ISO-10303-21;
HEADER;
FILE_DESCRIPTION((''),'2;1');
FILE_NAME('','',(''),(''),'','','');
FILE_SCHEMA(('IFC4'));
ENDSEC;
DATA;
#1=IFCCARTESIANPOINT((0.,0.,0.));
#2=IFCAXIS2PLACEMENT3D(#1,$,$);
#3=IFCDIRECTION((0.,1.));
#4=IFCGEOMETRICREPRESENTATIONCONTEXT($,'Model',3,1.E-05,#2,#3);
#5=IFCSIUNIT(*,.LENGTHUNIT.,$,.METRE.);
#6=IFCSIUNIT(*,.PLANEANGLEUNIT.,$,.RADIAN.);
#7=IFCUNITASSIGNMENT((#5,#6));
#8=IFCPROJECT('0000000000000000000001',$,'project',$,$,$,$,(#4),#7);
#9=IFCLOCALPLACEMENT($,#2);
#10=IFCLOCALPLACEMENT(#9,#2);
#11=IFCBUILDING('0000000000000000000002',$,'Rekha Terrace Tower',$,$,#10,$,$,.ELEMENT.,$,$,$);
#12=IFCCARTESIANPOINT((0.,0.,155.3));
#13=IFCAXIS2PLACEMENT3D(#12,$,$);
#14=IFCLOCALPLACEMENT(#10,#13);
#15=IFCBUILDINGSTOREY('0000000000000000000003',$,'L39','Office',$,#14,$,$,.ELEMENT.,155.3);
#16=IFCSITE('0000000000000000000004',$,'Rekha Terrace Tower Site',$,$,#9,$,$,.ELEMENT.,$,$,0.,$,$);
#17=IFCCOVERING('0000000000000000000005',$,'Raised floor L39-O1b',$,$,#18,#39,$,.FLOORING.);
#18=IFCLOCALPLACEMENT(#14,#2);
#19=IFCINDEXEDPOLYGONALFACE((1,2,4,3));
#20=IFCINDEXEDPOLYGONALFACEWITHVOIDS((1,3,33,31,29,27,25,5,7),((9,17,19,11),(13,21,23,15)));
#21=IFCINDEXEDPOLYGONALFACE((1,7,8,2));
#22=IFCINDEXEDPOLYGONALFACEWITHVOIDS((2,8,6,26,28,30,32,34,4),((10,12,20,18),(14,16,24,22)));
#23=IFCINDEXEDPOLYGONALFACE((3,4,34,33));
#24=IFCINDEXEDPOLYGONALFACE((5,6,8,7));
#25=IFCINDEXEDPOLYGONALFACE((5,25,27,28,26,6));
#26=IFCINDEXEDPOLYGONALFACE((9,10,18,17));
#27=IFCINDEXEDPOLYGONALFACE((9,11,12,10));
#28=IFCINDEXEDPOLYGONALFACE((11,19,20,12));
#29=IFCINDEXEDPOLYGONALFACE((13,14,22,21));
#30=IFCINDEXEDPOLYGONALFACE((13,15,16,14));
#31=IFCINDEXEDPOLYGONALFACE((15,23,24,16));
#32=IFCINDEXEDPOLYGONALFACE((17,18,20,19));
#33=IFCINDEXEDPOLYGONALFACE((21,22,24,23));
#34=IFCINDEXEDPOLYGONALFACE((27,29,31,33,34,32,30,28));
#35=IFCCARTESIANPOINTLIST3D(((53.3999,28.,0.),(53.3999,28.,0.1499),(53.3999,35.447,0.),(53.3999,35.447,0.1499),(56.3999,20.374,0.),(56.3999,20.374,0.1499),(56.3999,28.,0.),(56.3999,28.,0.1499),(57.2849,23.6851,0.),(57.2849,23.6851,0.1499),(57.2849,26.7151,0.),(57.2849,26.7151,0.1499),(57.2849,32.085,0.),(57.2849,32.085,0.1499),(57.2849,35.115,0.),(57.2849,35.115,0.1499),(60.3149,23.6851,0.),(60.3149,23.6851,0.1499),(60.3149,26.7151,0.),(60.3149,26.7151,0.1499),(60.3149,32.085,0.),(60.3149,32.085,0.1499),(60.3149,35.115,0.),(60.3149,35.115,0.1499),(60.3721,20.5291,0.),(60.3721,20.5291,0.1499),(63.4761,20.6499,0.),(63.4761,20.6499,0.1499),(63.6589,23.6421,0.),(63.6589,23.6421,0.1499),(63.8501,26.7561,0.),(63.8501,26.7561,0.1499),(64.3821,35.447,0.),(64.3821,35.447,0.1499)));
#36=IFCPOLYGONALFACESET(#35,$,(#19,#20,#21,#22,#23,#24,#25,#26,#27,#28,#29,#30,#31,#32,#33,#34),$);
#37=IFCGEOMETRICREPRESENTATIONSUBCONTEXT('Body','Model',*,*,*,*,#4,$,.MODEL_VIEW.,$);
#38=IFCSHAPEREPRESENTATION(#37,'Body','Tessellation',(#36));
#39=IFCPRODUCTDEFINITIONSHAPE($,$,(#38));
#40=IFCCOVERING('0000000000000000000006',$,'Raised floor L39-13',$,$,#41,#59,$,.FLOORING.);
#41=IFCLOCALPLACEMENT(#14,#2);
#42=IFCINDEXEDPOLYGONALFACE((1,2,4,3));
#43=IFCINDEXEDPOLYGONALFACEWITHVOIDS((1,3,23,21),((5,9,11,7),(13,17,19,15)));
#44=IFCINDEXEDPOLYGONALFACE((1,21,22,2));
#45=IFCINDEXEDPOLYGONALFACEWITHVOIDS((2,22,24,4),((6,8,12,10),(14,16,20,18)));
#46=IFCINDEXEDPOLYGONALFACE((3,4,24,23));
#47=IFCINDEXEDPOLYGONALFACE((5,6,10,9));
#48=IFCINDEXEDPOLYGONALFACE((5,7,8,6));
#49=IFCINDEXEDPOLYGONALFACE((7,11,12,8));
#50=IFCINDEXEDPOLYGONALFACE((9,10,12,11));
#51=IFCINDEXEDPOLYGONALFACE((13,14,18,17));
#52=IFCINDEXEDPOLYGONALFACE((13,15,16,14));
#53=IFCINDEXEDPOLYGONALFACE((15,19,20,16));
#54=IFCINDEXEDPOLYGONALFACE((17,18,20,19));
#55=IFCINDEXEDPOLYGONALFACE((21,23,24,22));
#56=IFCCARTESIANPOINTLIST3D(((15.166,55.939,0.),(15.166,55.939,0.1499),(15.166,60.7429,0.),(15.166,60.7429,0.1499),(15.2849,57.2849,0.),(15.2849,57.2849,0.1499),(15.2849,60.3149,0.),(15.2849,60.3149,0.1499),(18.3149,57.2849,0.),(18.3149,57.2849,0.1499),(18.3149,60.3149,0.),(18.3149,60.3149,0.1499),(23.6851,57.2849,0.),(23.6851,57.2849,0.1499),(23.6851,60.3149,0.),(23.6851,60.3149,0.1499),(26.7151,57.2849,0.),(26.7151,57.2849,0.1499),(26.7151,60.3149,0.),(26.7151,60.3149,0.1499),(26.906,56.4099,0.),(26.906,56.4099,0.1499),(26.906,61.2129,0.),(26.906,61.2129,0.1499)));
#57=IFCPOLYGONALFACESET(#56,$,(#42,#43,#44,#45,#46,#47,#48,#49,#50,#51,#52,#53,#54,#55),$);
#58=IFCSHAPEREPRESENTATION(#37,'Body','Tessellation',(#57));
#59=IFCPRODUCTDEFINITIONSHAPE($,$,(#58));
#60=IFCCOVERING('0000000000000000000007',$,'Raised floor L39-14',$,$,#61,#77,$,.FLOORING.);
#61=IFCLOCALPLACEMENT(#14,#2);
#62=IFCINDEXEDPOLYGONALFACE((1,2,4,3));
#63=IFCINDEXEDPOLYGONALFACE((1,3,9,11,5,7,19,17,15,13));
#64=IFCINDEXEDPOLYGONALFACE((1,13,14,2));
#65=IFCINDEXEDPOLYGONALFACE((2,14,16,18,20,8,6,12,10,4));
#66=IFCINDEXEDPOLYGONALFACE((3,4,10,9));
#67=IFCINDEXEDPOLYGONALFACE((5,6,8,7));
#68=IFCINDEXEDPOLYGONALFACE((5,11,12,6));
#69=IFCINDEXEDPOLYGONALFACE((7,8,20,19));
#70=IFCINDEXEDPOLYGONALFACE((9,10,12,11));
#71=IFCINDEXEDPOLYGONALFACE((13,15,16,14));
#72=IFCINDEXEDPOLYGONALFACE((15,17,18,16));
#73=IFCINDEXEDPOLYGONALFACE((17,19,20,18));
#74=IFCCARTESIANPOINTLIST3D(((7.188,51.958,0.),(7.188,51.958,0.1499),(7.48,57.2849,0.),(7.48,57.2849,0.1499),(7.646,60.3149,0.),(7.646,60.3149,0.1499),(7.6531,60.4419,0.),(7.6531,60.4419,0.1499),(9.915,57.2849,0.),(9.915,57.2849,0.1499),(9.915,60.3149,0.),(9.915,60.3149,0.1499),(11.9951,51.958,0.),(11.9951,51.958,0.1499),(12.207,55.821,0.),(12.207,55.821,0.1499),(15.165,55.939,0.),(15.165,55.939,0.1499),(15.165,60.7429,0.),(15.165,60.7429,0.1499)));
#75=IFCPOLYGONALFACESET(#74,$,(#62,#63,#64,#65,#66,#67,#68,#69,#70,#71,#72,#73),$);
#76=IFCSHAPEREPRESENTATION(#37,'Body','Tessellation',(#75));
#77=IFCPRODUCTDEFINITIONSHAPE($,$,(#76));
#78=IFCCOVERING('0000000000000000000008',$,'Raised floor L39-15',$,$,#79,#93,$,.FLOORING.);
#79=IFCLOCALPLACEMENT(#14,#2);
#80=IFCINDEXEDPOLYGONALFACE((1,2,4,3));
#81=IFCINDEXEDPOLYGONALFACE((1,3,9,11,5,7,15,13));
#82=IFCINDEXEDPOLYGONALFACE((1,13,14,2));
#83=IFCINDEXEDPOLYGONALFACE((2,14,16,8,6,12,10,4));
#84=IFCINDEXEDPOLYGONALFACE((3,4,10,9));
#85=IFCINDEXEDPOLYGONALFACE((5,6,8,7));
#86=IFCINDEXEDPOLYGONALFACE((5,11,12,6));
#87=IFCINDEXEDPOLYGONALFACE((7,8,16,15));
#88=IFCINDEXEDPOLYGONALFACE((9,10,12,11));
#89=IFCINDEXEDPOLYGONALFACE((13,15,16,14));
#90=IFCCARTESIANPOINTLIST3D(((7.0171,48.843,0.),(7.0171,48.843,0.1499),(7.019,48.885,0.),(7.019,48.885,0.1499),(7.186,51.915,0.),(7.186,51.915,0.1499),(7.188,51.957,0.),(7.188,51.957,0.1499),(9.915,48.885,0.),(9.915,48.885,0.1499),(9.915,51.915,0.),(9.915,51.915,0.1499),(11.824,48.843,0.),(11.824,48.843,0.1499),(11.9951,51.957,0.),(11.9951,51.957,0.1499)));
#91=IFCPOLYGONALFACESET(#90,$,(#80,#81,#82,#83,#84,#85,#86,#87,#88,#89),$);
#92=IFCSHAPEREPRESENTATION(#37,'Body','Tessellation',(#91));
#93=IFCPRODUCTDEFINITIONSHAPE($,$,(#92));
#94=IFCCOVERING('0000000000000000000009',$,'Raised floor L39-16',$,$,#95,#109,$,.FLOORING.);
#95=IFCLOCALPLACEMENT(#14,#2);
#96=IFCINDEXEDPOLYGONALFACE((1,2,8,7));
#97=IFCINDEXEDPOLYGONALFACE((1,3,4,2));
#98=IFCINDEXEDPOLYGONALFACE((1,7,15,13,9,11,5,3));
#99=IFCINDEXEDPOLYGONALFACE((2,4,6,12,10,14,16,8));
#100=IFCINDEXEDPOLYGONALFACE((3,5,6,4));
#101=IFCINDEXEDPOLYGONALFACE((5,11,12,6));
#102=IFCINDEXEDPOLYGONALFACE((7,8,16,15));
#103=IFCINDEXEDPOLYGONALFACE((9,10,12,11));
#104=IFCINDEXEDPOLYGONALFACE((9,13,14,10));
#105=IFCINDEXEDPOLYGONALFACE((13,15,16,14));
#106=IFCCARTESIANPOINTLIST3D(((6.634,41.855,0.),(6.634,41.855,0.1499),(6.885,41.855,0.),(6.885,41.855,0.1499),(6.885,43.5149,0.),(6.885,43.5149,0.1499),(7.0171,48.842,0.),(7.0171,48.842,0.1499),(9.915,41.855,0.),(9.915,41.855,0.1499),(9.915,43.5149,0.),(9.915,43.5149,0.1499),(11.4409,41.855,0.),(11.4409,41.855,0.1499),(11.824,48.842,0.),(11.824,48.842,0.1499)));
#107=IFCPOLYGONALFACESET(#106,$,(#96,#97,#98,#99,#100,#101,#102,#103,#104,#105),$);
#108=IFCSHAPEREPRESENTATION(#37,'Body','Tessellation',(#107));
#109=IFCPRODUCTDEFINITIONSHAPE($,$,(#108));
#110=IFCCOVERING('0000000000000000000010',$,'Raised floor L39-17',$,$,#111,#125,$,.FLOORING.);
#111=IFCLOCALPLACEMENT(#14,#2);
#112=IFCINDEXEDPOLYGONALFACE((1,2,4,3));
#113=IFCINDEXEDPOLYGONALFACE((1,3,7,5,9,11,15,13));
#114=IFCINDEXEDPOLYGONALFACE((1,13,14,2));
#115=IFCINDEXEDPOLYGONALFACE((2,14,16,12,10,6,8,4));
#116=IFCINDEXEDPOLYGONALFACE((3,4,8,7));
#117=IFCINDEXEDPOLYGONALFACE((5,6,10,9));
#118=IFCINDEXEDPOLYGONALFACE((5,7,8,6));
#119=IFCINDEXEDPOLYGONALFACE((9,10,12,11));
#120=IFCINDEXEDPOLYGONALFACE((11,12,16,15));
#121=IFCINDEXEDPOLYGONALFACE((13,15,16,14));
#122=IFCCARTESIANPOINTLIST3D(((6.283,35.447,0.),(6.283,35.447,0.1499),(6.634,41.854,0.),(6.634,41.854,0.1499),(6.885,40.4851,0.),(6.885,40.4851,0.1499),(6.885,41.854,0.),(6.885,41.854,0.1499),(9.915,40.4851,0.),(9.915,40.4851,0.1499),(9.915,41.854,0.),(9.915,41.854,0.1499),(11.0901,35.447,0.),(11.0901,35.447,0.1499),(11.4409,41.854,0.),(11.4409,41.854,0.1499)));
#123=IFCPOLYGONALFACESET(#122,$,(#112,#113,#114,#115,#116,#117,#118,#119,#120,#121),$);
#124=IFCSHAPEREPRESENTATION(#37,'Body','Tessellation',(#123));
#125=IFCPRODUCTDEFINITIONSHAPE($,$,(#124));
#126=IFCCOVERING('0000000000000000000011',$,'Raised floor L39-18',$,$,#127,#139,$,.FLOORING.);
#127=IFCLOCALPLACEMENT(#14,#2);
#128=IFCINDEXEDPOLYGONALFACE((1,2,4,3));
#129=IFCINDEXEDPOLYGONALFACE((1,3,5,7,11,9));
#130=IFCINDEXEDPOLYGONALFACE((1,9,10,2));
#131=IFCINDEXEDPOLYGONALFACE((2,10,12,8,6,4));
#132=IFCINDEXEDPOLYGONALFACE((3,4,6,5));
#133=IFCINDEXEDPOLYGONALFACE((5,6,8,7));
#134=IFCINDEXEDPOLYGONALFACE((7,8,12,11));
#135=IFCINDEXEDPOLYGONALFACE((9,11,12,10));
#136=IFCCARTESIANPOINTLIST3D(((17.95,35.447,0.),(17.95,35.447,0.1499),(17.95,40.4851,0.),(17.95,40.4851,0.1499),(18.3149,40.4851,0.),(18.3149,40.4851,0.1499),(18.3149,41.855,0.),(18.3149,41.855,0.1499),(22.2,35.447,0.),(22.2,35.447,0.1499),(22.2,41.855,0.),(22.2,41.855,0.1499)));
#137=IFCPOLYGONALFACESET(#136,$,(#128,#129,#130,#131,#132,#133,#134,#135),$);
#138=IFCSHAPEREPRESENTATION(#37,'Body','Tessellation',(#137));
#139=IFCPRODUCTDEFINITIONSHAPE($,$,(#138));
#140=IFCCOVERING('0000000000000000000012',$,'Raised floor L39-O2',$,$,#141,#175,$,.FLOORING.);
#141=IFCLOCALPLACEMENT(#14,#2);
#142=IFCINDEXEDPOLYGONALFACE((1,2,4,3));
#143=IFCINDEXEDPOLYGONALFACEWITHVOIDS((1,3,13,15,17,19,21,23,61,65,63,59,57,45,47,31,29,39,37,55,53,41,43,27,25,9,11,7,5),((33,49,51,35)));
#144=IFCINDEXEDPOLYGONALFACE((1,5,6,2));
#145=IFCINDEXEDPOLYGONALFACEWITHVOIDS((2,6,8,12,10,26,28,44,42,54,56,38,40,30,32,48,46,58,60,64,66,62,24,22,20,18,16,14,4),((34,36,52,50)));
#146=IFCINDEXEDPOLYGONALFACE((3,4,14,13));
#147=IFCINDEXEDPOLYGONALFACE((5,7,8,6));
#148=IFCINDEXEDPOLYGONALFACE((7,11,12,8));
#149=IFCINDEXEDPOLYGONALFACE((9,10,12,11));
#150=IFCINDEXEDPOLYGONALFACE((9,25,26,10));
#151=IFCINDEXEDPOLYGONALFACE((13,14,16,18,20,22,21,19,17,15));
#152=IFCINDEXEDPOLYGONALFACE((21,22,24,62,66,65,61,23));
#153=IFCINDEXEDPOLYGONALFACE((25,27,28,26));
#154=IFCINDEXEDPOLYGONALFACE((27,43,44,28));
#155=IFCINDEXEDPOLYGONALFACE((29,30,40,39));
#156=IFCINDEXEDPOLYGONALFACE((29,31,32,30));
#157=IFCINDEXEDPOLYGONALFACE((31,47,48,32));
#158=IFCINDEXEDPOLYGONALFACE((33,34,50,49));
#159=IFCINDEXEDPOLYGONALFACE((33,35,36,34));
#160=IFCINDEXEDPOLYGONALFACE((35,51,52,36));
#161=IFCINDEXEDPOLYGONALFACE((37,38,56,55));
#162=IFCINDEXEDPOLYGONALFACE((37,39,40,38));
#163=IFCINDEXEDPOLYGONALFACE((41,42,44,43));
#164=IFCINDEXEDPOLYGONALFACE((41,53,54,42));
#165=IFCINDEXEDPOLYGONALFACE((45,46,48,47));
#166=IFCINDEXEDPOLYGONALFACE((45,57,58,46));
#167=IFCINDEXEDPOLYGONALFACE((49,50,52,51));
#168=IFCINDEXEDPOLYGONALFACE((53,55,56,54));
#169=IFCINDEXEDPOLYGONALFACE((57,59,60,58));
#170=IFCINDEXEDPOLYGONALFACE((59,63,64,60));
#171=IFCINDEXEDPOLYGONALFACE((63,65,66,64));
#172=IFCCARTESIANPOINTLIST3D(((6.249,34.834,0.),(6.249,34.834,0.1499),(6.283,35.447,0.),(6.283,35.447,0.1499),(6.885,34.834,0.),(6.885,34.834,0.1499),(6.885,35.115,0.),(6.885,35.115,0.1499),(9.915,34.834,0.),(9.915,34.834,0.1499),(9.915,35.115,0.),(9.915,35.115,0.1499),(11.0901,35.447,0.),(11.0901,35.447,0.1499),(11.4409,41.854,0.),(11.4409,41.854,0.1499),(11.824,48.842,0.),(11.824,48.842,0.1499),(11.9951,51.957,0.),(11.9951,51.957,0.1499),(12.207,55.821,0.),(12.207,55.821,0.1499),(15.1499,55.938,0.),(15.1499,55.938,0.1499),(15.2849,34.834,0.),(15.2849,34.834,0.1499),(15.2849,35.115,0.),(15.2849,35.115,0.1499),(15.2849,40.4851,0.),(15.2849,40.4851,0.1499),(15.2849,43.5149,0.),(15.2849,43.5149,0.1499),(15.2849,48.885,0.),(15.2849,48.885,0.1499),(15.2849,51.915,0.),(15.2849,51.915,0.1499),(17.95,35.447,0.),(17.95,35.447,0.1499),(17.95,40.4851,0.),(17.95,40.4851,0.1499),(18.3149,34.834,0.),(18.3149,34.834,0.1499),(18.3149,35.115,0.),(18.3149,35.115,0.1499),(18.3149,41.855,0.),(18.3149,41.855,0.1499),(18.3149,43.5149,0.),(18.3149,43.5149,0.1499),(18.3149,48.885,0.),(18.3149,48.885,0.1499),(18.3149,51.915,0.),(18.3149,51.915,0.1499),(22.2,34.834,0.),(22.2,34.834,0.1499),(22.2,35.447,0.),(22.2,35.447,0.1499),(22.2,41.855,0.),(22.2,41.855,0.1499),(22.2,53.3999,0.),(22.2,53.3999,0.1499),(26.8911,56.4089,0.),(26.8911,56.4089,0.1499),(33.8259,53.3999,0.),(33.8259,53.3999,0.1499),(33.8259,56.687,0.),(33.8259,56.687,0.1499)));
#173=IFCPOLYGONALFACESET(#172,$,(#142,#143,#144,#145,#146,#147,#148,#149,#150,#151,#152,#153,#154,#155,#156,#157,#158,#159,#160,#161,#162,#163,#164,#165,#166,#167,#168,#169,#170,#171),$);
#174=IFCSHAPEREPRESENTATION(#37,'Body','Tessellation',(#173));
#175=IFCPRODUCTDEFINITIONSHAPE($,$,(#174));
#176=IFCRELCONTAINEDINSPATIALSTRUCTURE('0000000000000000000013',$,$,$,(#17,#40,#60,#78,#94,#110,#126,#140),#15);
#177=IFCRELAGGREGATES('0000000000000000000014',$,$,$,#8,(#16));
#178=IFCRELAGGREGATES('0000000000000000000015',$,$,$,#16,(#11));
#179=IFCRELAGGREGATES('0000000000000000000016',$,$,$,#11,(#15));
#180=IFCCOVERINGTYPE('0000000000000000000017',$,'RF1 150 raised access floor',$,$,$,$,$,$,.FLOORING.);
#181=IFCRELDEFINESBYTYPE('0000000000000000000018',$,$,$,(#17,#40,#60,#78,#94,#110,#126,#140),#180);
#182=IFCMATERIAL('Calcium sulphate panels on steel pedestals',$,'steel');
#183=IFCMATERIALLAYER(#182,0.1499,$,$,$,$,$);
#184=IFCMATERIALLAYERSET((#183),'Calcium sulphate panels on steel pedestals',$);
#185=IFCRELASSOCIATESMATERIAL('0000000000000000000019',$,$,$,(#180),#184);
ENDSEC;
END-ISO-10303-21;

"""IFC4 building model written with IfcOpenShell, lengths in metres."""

from ifc_helpers import new_model, si_unit, direction, frame, origin, place, context, subcontext, project, spatial, polyline, outline, extrude, material, layer, layer_set, type_object, element, save


model = new_model("IFC4")

# Units and contexts
model_context = context("Model", 3, precision=1e-05, world=origin(), true_north=direction((0.0, 1.0)))
body_context = subcontext(model_context, "Body", "Model", "MODEL_VIEW")
ifc_project = project(units=[si_unit("LENGTHUNIT", "METRE"), si_unit("PLANEANGLEUNIT", "RADIAN")], contexts=[model_context])

# Site, building, storey
site_placement = place(None, origin())
site = spatial("IfcSite", under=ifc_project, at=site_placement, Name="Rekha Terrace Tower Site", CompositionType="ELEMENT", RefElevation=0.0)
building_placement = place(site_placement, origin())
building = spatial("IfcBuilding", under=site, at=building_placement, Name="Rekha Terrace Tower", CompositionType="ELEMENT")
storey_placement = place(building_placement, frame((0.0, 0.0, 155.3)))
storey = spatial("IfcBuildingStorey", under=building, at=storey_placement, Name="L39", Description="Office", CompositionType="ELEMENT", Elevation=155.3)

# Coverings
ifc_material_1 = material(Name="Calcium sulphate panels on steel pedestals", Category="steel")
ifc_layer_1 = layer(ifc_material_1, 0.1499)
ifc_layer_set_1 = layer_set([ifc_layer_1], Name="Calcium sulphate panels on steel pedestals")
covering_type_1 = type_object("IfcCoveringType", Name="RF1 150 raised access floor", PredefinedType="FLOORING", material=ifc_layer_set_1)
covering_1_placement = place(storey_placement, origin())
element("IfcCovering", 1, at=covering_1_placement, inside=storey, type_object=covering_type_1, Name="Raised floor L39-O1b", PredefinedType="FLOORING", context=body_context, shape_type="SweptSolid", body=[
    extrude(outline(polyline([(56.3999, 28.0), (56.3999, 20.374), (60.3721, 20.5291), (63.4761, 20.6499), (63.6589, 23.6421), (63.8501, 26.7561), (64.3821, 35.447), (53.3999, 35.447), (53.3999, 28.0), (56.3999, 28.0)]), holes=[polyline([(60.3149, 26.7151), (60.3149, 23.6851), (57.2849, 23.6851), (57.2849, 26.7151), (60.3149, 26.7151)]), polyline([(60.3149, 32.085), (57.2849, 32.085), (57.2849, 35.115), (60.3149, 35.115), (60.3149, 32.085)])]), origin(), (0.0, 0.0, 1.0), 0.1499),
])
covering_2_placement = place(storey_placement, origin())
element("IfcCovering", 2, at=covering_2_placement, inside=storey, type_object=covering_type_1, Name="Raised floor L39-13", PredefinedType="FLOORING", context=body_context, shape_type="SweptSolid", body=[
    extrude(outline(polyline([(26.906, 56.4099), (26.906, 61.2129), (15.166, 60.7429), (15.166, 55.939), (26.906, 56.4099)]), holes=[polyline([(26.7151, 57.2849), (23.6851, 57.2849), (23.6851, 60.3149), (26.7151, 60.3149), (26.7151, 57.2849)]), polyline([(18.3149, 57.2849), (15.2849, 57.2849), (15.2849, 60.3149), (18.3149, 60.3149), (18.3149, 57.2849)])]), origin(), (0.0, 0.0, 1.0), 0.1499),
])
covering_3_placement = place(storey_placement, origin())
element("IfcCovering", 3, at=covering_3_placement, inside=storey, type_object=covering_type_1, Name="Raised floor L39-14", PredefinedType="FLOORING", context=body_context, shape_type="SweptSolid", body=[
    extrude(outline(polyline([(7.48, 57.2849), (7.188, 51.958), (11.9951, 51.958), (12.207, 55.821), (15.165, 55.939), (15.165, 60.7429), (7.6531, 60.4419), (7.646, 60.3149), (9.915, 60.3149), (9.915, 57.2849), (7.48, 57.2849)])), origin(), (0.0, 0.0, 1.0), 0.1499),
])
covering_4_placement = place(storey_placement, origin())
element("IfcCovering", 4, at=covering_4_placement, inside=storey, type_object=covering_type_1, Name="Raised floor L39-15", PredefinedType="FLOORING", context=body_context, shape_type="SweptSolid", body=[
    extrude(outline(polyline([(9.915, 48.885), (7.019, 48.885), (7.0171, 48.843), (11.824, 48.843), (11.9951, 51.957), (7.188, 51.957), (7.186, 51.915), (9.915, 51.915), (9.915, 48.885)])), origin(), (0.0, 0.0, 1.0), 0.1499),
])
covering_5_placement = place(storey_placement, origin())
element("IfcCovering", 5, at=covering_5_placement, inside=storey, type_object=covering_type_1, Name="Raised floor L39-16", PredefinedType="FLOORING", context=body_context, shape_type="SweptSolid", body=[
    extrude(outline(polyline([(11.824, 48.842), (7.0171, 48.842), (6.634, 41.855), (6.885, 41.855), (6.885, 43.5149), (9.915, 43.5149), (9.915, 41.855), (11.4409, 41.855), (11.824, 48.842)])), origin(), (0.0, 0.0, 1.0), 0.1499),
])
covering_6_placement = place(storey_placement, origin())
element("IfcCovering", 6, at=covering_6_placement, inside=storey, type_object=covering_type_1, Name="Raised floor L39-17", PredefinedType="FLOORING", context=body_context, shape_type="SweptSolid", body=[
    extrude(outline(polyline([(6.885, 41.854), (6.634, 41.854), (6.283, 35.447), (11.0901, 35.447), (11.4409, 41.854), (9.915, 41.854), (9.915, 40.4851), (6.885, 40.4851), (6.885, 41.854)])), origin(), (0.0, 0.0, 1.0), 0.1499),
])
covering_7_placement = place(storey_placement, origin())
element("IfcCovering", 7, at=covering_7_placement, inside=storey, type_object=covering_type_1, Name="Raised floor L39-18", PredefinedType="FLOORING", context=body_context, shape_type="SweptSolid", body=[
    extrude(outline(polyline([(18.3149, 40.4851), (17.95, 40.4851), (17.95, 35.447), (22.2, 35.447), (22.2, 41.855), (18.3149, 41.855), (18.3149, 40.4851)])), origin(), (0.0, 0.0, 1.0), 0.1499),
])
covering_8_placement = place(storey_placement, origin())
element("IfcCovering", 8, at=covering_8_placement, inside=storey, type_object=covering_type_1, Name="Raised floor L39-O2", PredefinedType="FLOORING", context=body_context, shape_type="SweptSolid", body=[
    extrude(outline(polyline([(11.824, 48.842), (11.4409, 41.854), (11.0901, 35.447), (6.283, 35.447), (6.249, 34.834), (6.885, 34.834), (6.885, 35.115), (9.915, 35.115), (9.915, 34.834), (15.2849, 34.834), (15.2849, 35.115), (18.3149, 35.115), (18.3149, 34.834), (22.2, 34.834), (22.2, 35.447), (17.95, 35.447), (17.95, 40.4851), (15.2849, 40.4851), (15.2849, 43.5149), (18.3149, 43.5149), (18.3149, 41.855), (22.2, 41.855), (22.2, 53.3999), (33.8259, 53.3999), (33.8259, 56.687), (26.8911, 56.4089), (15.1499, 55.938), (12.207, 55.821), (11.9951, 51.957), (11.824, 48.842)]), holes=[polyline([(18.3149, 48.885), (15.2849, 48.885), (15.2849, 51.915), (18.3149, 51.915), (18.3149, 48.885)])]), origin(), (0.0, 0.0, 1.0), 0.1499),
])

save(model, "model.ifc")
